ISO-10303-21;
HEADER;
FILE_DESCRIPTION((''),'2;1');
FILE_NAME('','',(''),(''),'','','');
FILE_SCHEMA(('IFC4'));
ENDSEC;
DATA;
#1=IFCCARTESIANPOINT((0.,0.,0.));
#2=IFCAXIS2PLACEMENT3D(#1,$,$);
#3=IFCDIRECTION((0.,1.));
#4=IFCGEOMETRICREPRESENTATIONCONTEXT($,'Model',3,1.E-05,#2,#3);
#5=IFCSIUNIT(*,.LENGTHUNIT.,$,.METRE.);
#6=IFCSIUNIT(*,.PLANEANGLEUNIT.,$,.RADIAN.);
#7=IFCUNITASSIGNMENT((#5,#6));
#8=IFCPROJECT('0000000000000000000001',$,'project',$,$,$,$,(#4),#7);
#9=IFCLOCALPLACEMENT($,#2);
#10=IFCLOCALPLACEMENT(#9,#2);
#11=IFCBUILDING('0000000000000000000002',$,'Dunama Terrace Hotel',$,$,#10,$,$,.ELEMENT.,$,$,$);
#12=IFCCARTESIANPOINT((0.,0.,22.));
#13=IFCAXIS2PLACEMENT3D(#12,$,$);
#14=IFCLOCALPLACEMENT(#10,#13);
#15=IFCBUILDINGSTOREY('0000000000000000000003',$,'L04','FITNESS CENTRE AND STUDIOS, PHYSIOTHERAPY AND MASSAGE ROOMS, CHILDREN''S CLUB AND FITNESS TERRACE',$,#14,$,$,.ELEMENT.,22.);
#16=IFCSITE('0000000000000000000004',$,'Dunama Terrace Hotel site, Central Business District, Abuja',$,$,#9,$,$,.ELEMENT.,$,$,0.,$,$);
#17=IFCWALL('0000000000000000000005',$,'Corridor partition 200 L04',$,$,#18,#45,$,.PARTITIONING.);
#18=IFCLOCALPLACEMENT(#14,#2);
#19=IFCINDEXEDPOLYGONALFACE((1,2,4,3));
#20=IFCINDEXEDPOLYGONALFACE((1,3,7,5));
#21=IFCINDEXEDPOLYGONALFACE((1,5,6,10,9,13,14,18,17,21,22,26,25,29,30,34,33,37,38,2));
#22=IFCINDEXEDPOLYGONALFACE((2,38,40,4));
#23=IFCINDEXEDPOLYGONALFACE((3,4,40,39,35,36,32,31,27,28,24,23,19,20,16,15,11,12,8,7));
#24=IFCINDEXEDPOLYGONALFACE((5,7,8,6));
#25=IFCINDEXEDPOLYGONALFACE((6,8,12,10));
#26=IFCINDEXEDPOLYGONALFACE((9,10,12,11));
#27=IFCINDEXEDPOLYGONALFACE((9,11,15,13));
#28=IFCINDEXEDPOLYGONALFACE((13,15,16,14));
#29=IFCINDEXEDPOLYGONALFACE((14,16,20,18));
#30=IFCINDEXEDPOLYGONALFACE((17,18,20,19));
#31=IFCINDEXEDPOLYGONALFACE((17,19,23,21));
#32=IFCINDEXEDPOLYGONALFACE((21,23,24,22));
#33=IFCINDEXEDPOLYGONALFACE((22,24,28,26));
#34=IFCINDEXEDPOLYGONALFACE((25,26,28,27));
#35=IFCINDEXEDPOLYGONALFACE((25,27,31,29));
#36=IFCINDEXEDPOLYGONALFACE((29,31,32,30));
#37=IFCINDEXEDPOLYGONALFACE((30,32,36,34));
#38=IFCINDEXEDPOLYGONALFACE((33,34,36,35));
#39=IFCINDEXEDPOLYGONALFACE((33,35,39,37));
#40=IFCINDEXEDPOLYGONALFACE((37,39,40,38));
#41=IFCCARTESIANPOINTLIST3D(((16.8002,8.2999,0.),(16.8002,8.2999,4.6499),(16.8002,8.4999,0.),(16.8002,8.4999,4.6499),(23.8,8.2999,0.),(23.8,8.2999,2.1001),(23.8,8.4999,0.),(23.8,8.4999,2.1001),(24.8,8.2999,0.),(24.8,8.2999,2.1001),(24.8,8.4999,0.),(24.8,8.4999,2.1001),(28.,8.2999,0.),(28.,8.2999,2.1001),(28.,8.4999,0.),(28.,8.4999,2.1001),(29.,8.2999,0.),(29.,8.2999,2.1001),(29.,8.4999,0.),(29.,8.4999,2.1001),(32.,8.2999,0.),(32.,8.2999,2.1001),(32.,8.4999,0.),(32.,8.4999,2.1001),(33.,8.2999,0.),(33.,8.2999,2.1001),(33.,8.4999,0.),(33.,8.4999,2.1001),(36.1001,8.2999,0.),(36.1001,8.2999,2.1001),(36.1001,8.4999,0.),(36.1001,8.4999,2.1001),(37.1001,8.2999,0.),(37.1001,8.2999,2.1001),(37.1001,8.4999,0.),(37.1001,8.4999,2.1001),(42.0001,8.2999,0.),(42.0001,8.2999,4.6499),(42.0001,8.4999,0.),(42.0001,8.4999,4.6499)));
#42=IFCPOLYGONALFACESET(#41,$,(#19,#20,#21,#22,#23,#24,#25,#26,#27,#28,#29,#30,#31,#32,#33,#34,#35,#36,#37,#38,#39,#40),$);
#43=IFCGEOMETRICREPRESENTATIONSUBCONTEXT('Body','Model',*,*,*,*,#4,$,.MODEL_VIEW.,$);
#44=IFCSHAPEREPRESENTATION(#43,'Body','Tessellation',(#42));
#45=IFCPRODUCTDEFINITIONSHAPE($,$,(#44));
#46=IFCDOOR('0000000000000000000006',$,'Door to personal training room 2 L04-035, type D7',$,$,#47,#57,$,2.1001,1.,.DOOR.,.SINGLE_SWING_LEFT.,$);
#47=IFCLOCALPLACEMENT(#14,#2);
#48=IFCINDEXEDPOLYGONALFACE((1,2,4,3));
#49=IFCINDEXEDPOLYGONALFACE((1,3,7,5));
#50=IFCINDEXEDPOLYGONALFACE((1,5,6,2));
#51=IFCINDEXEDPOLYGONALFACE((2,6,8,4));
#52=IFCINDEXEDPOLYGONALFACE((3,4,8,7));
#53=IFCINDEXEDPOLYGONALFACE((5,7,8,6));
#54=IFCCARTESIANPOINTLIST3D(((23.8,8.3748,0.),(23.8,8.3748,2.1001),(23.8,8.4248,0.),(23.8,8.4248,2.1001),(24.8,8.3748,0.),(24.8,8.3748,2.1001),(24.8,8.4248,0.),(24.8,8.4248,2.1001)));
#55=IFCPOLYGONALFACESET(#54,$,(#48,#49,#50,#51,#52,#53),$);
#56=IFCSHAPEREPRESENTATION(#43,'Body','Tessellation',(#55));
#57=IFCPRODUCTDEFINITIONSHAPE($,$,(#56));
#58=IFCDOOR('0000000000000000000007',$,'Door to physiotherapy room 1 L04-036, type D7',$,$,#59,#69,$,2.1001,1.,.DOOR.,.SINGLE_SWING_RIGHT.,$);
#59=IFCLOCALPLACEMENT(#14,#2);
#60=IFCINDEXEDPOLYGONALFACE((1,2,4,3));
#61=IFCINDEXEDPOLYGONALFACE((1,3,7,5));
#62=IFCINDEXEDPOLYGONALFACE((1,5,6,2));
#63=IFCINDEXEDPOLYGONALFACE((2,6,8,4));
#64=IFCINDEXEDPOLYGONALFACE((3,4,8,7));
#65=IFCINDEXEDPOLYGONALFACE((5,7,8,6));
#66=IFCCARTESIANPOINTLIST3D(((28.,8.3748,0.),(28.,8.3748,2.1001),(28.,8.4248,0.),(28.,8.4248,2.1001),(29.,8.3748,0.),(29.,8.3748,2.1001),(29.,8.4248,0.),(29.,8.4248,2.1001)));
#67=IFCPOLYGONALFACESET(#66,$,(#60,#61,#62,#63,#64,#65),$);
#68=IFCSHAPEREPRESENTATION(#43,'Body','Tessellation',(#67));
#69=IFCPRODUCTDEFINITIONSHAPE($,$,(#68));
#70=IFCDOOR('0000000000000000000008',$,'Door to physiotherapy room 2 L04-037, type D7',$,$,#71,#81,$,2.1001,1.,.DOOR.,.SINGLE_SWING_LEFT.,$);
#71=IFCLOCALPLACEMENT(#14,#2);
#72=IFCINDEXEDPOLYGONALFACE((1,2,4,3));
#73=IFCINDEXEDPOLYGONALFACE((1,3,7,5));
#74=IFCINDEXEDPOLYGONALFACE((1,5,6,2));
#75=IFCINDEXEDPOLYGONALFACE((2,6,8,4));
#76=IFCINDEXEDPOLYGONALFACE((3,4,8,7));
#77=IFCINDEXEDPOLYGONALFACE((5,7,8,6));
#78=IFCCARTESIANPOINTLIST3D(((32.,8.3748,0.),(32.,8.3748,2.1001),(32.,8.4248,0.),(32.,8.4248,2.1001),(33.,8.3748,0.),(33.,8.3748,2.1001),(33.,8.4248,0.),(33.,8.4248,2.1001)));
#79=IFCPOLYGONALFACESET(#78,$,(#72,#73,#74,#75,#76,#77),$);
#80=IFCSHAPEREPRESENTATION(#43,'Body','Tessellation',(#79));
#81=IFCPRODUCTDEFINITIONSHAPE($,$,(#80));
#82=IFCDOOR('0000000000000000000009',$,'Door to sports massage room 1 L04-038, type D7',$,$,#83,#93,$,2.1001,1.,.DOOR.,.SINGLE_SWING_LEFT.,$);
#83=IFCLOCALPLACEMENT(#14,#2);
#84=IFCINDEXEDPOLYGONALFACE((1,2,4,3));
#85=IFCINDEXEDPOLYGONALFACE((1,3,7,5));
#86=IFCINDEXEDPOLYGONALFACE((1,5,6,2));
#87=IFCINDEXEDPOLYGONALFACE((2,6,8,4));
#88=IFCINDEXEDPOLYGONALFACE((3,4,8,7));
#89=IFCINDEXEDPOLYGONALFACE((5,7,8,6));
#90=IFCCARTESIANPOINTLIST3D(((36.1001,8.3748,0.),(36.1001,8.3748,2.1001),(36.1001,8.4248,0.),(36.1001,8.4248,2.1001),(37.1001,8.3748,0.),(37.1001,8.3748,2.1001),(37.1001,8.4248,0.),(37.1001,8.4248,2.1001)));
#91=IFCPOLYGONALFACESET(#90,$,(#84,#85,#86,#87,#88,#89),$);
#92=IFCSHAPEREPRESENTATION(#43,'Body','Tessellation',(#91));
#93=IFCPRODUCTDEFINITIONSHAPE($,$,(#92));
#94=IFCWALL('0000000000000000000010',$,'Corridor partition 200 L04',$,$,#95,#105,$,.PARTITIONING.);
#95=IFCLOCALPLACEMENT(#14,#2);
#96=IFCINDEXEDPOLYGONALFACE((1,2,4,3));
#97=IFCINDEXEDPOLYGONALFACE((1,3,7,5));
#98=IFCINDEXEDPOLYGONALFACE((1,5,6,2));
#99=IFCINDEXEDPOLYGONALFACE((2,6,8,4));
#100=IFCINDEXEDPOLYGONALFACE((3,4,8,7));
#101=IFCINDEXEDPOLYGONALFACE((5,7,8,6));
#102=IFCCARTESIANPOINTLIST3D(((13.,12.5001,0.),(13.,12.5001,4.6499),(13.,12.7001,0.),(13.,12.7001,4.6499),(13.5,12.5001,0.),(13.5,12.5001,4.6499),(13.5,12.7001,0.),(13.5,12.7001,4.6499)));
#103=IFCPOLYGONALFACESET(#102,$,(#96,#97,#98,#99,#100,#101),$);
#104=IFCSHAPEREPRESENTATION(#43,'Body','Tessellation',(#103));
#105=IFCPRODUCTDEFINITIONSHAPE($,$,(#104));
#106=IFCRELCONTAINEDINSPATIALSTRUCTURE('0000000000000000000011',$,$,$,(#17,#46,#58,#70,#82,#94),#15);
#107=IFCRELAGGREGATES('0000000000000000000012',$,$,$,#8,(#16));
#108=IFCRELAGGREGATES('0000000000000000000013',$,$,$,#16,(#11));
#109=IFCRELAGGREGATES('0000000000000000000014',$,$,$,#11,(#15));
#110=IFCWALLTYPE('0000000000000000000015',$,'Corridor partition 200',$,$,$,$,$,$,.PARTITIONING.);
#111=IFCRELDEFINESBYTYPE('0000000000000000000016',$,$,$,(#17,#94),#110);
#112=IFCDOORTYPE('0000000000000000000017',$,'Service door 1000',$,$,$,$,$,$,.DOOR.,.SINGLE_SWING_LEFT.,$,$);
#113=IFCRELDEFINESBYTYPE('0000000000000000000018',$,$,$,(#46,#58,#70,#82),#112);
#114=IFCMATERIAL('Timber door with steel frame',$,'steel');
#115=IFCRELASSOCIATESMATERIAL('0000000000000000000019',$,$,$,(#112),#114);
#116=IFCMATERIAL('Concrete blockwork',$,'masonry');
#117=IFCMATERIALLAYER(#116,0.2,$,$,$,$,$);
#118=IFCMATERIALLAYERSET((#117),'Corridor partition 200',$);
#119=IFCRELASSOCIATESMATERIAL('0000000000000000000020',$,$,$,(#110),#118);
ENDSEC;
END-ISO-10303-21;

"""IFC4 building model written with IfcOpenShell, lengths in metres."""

from ifc_helpers import new_model, si_unit, direction, frame, frame_2d, origin, place, context, subcontext, project, spatial, rectangle, extrude, material, layer, layer_set, type_object, element, fill, save


model = new_model("IFC4")

# Units and contexts
model_context = context("Model", 3, precision=1e-05, world=origin(), true_north=direction((0.0, 1.0)))
body_context = subcontext(model_context, "Body", "Model", "MODEL_VIEW")
ifc_project = project(units=[si_unit("LENGTHUNIT", "METRE"), si_unit("PLANEANGLEUNIT", "RADIAN")], contexts=[model_context])

# Site, building, storey
site_placement = place(None, origin())
site = spatial("IfcSite", under=ifc_project, at=site_placement, Name="Dunama Terrace Hotel site, Central Business District, Abuja", CompositionType="ELEMENT", RefElevation=0.0)
building_placement = place(site_placement, origin())
building = spatial("IfcBuilding", under=site, at=building_placement, Name="Dunama Terrace Hotel", CompositionType="ELEMENT")
storey_placement = place(building_placement, frame((0.0, 0.0, 22.0)))
storey = spatial("IfcBuildingStorey", under=building, at=storey_placement, Name="L04", Description="FITNESS CENTRE AND STUDIOS, PHYSIOTHERAPY AND MASSAGE ROOMS, CHILDREN'S CLUB AND FITNESS TERRACE", CompositionType="ELEMENT", Elevation=22.0)

# Shared definitions
ifc_material_1 = material(Name="Timber door with steel frame", Category="steel")
door_type_1 = type_object("IfcDoorType", Name="Service door 1000", OperationType="SINGLE_SWING_LEFT", PredefinedType="DOOR", material=ifc_material_1)

# Shared definitions
ifc_material_2 = material(Name="Concrete blockwork", Category="masonry")
ifc_layer_1 = layer(ifc_material_2, 0.2)
ifc_layer_set_1 = layer_set([ifc_layer_1], Name="Corridor partition 200")
wall_type_1 = type_object("IfcWallType", Name="Corridor partition 200", PredefinedType="PARTITIONING", material=ifc_layer_set_1)

# Wall, openings, doors
wall_1_placement = place(storey_placement, frame((16.8, 8.3999, 0.0), z_axis=(0.0, 0.0, 1.0), x_axis=(1.0, 0.0, 0.0)))
wall_1 = element("IfcWall", 1, at=wall_1_placement, inside=storey, type_object=wall_type_1, Name="Corridor partition 200 L04", PredefinedType="PARTITIONING", context=body_context, shape_type="SweptSolid", body=[
    extrude(rectangle(XDim=25.2, YDim=0.2, at=frame_2d((12.6001, 0.0))), origin(), (0.0, 0.0, 1.0), 4.6499),
])
opening_1_placement = place(wall_1_placement, frame((7.0, 0.0, 0.0)))
opening_1 = element("IfcOpeningElement", 2, at=opening_1_placement, cuts=wall_1, PredefinedType="OPENING", context=body_context, shape_type="SweptSolid", body=[
    extrude(rectangle(XDim=1.0, YDim=2.1001, at=frame_2d((0.5, 1.05))), frame((0.0, 0.1099, 0.0), z_axis=(0.0, -1.0, 0.0), x_axis=(1.0, 0.0, 0.0)), (0.0, 0.0, 1.0), 0.22),
])
opening_2_placement = place(wall_1_placement, frame((11.2, 0.0, 0.0)))
opening_2 = element("IfcOpeningElement", 3, at=opening_2_placement, cuts=wall_1, PredefinedType="OPENING", context=body_context, shape_type="SweptSolid", body=[
    extrude(rectangle(XDim=1.0, YDim=2.1001, at=frame_2d((0.5, 1.05))), frame((0.0, 0.1099, 0.0), z_axis=(0.0, -1.0, 0.0), x_axis=(1.0, 0.0, 0.0)), (0.0, 0.0, 1.0), 0.22),
])
opening_3_placement = place(wall_1_placement, frame((15.2, 0.0, 0.0)))
opening_3 = element("IfcOpeningElement", 4, at=opening_3_placement, cuts=wall_1, PredefinedType="OPENING", context=body_context, shape_type="SweptSolid", body=[
    extrude(rectangle(XDim=1.0, YDim=2.1001, at=frame_2d((0.5, 1.05))), frame((0.0, 0.1099, 0.0), z_axis=(0.0, -1.0, 0.0), x_axis=(1.0, 0.0, 0.0)), (0.0, 0.0, 1.0), 0.22),
])
opening_4_placement = place(wall_1_placement, frame((19.3, 0.0, 0.0)))
opening_4 = element("IfcOpeningElement", 5, at=opening_4_placement, cuts=wall_1, PredefinedType="OPENING", context=body_context, shape_type="SweptSolid", body=[
    extrude(rectangle(XDim=1.0, YDim=2.1001, at=frame_2d((0.5, 1.05))), frame((0.0, 0.1099, 0.0), z_axis=(0.0, -1.0, 0.0), x_axis=(1.0, 0.0, 0.0)), (0.0, 0.0, 1.0), 0.22),
])
door_1_placement = place(opening_1_placement, frame((1.0, 0.0, 0.0), z_axis=(0.0, 0.0, 1.0), x_axis=(-1.0, 0.0, 0.0)))
door_1 = element("IfcDoor", 6, at=door_1_placement, inside=storey, type_object=door_type_1, Name="Door to personal training room 2 L04-035, type D7", OperationType="SINGLE_SWING_LEFT", OverallHeight=2.1001, OverallWidth=1.0, PredefinedType="DOOR", context=body_context, shape_type="SweptSolid", body=[
    extrude(rectangle(XDim=1.0, YDim=2.1001, at=frame_2d((0.5, 1.05))), frame((0.0, 0.0251, 0.0), z_axis=(0.0, -1.0, 0.0), x_axis=(1.0, 0.0, 0.0)), (0.0, 0.0, 1.0), 0.05),
])
fill(opening_1, door_1)
door_2_placement = place(opening_2_placement, frame((1.0, 0.0, 0.0), z_axis=(0.0, 0.0, 1.0), x_axis=(-1.0, 0.0, 0.0)))
door_2 = element("IfcDoor", 7, at=door_2_placement, inside=storey, type_object=door_type_1, Name="Door to physiotherapy room 1 L04-036, type D7", OperationType="SINGLE_SWING_RIGHT", OverallHeight=2.1001, OverallWidth=1.0, PredefinedType="DOOR", context=body_context, shape_type="SweptSolid", body=[
    extrude(rectangle(XDim=1.0, YDim=2.1001, at=frame_2d((0.5, 1.05))), frame((0.0, 0.0251, 0.0), z_axis=(0.0, -1.0, 0.0), x_axis=(1.0, 0.0, 0.0)), (0.0, 0.0, 1.0), 0.05),
])
fill(opening_2, door_2)
door_3_placement = place(opening_3_placement, frame((1.0, 0.0, 0.0), z_axis=(0.0, 0.0, 1.0), x_axis=(-1.0, 0.0, 0.0)))
door_3 = element("IfcDoor", 8, at=door_3_placement, inside=storey, type_object=door_type_1, Name="Door to physiotherapy room 2 L04-037, type D7", OperationType="SINGLE_SWING_LEFT", OverallHeight=2.1001, OverallWidth=1.0, PredefinedType="DOOR", context=body_context, shape_type="SweptSolid", body=[
    extrude(rectangle(XDim=1.0, YDim=2.1001, at=frame_2d((0.5, 1.05))), frame((0.0, 0.0251, 0.0), z_axis=(0.0, -1.0, 0.0), x_axis=(1.0, 0.0, 0.0)), (0.0, 0.0, 1.0), 0.05),
])
fill(opening_3, door_3)
door_4_placement = place(opening_4_placement, frame((1.0, 0.0, 0.0), z_axis=(0.0, 0.0, 1.0), x_axis=(-1.0, 0.0, 0.0)))
door_4 = element("IfcDoor", 9, at=door_4_placement, inside=storey, type_object=door_type_1, Name="Door to sports massage room 1 L04-038, type D7", OperationType="SINGLE_SWING_LEFT", OverallHeight=2.1001, OverallWidth=1.0, PredefinedType="DOOR", context=body_context, shape_type="SweptSolid", body=[
    extrude(rectangle(XDim=1.0, YDim=2.1001, at=frame_2d((0.5, 1.05))), frame((0.0, 0.0251, 0.0), z_axis=(0.0, -1.0, 0.0), x_axis=(1.0, 0.0, 0.0)), (0.0, 0.0, 1.0), 0.05),
])
fill(opening_4, door_4)

# Wall
wall_2_placement = place(storey_placement, frame((13.0, 12.6001, 0.0), z_axis=(0.0, 0.0, 1.0), x_axis=(1.0, 0.0, 0.0)))
element("IfcWall", 10, at=wall_2_placement, inside=storey, type_object=wall_type_1, Name="Corridor partition 200 L04", PredefinedType="PARTITIONING", context=body_context, shape_type="SweptSolid", body=[
    extrude(rectangle(XDim=0.5, YDim=0.2, at=frame_2d((0.25, 0.0))), origin(), (0.0, 0.0, 1.0), 4.6499),
])

save(model, "model.ifc")
